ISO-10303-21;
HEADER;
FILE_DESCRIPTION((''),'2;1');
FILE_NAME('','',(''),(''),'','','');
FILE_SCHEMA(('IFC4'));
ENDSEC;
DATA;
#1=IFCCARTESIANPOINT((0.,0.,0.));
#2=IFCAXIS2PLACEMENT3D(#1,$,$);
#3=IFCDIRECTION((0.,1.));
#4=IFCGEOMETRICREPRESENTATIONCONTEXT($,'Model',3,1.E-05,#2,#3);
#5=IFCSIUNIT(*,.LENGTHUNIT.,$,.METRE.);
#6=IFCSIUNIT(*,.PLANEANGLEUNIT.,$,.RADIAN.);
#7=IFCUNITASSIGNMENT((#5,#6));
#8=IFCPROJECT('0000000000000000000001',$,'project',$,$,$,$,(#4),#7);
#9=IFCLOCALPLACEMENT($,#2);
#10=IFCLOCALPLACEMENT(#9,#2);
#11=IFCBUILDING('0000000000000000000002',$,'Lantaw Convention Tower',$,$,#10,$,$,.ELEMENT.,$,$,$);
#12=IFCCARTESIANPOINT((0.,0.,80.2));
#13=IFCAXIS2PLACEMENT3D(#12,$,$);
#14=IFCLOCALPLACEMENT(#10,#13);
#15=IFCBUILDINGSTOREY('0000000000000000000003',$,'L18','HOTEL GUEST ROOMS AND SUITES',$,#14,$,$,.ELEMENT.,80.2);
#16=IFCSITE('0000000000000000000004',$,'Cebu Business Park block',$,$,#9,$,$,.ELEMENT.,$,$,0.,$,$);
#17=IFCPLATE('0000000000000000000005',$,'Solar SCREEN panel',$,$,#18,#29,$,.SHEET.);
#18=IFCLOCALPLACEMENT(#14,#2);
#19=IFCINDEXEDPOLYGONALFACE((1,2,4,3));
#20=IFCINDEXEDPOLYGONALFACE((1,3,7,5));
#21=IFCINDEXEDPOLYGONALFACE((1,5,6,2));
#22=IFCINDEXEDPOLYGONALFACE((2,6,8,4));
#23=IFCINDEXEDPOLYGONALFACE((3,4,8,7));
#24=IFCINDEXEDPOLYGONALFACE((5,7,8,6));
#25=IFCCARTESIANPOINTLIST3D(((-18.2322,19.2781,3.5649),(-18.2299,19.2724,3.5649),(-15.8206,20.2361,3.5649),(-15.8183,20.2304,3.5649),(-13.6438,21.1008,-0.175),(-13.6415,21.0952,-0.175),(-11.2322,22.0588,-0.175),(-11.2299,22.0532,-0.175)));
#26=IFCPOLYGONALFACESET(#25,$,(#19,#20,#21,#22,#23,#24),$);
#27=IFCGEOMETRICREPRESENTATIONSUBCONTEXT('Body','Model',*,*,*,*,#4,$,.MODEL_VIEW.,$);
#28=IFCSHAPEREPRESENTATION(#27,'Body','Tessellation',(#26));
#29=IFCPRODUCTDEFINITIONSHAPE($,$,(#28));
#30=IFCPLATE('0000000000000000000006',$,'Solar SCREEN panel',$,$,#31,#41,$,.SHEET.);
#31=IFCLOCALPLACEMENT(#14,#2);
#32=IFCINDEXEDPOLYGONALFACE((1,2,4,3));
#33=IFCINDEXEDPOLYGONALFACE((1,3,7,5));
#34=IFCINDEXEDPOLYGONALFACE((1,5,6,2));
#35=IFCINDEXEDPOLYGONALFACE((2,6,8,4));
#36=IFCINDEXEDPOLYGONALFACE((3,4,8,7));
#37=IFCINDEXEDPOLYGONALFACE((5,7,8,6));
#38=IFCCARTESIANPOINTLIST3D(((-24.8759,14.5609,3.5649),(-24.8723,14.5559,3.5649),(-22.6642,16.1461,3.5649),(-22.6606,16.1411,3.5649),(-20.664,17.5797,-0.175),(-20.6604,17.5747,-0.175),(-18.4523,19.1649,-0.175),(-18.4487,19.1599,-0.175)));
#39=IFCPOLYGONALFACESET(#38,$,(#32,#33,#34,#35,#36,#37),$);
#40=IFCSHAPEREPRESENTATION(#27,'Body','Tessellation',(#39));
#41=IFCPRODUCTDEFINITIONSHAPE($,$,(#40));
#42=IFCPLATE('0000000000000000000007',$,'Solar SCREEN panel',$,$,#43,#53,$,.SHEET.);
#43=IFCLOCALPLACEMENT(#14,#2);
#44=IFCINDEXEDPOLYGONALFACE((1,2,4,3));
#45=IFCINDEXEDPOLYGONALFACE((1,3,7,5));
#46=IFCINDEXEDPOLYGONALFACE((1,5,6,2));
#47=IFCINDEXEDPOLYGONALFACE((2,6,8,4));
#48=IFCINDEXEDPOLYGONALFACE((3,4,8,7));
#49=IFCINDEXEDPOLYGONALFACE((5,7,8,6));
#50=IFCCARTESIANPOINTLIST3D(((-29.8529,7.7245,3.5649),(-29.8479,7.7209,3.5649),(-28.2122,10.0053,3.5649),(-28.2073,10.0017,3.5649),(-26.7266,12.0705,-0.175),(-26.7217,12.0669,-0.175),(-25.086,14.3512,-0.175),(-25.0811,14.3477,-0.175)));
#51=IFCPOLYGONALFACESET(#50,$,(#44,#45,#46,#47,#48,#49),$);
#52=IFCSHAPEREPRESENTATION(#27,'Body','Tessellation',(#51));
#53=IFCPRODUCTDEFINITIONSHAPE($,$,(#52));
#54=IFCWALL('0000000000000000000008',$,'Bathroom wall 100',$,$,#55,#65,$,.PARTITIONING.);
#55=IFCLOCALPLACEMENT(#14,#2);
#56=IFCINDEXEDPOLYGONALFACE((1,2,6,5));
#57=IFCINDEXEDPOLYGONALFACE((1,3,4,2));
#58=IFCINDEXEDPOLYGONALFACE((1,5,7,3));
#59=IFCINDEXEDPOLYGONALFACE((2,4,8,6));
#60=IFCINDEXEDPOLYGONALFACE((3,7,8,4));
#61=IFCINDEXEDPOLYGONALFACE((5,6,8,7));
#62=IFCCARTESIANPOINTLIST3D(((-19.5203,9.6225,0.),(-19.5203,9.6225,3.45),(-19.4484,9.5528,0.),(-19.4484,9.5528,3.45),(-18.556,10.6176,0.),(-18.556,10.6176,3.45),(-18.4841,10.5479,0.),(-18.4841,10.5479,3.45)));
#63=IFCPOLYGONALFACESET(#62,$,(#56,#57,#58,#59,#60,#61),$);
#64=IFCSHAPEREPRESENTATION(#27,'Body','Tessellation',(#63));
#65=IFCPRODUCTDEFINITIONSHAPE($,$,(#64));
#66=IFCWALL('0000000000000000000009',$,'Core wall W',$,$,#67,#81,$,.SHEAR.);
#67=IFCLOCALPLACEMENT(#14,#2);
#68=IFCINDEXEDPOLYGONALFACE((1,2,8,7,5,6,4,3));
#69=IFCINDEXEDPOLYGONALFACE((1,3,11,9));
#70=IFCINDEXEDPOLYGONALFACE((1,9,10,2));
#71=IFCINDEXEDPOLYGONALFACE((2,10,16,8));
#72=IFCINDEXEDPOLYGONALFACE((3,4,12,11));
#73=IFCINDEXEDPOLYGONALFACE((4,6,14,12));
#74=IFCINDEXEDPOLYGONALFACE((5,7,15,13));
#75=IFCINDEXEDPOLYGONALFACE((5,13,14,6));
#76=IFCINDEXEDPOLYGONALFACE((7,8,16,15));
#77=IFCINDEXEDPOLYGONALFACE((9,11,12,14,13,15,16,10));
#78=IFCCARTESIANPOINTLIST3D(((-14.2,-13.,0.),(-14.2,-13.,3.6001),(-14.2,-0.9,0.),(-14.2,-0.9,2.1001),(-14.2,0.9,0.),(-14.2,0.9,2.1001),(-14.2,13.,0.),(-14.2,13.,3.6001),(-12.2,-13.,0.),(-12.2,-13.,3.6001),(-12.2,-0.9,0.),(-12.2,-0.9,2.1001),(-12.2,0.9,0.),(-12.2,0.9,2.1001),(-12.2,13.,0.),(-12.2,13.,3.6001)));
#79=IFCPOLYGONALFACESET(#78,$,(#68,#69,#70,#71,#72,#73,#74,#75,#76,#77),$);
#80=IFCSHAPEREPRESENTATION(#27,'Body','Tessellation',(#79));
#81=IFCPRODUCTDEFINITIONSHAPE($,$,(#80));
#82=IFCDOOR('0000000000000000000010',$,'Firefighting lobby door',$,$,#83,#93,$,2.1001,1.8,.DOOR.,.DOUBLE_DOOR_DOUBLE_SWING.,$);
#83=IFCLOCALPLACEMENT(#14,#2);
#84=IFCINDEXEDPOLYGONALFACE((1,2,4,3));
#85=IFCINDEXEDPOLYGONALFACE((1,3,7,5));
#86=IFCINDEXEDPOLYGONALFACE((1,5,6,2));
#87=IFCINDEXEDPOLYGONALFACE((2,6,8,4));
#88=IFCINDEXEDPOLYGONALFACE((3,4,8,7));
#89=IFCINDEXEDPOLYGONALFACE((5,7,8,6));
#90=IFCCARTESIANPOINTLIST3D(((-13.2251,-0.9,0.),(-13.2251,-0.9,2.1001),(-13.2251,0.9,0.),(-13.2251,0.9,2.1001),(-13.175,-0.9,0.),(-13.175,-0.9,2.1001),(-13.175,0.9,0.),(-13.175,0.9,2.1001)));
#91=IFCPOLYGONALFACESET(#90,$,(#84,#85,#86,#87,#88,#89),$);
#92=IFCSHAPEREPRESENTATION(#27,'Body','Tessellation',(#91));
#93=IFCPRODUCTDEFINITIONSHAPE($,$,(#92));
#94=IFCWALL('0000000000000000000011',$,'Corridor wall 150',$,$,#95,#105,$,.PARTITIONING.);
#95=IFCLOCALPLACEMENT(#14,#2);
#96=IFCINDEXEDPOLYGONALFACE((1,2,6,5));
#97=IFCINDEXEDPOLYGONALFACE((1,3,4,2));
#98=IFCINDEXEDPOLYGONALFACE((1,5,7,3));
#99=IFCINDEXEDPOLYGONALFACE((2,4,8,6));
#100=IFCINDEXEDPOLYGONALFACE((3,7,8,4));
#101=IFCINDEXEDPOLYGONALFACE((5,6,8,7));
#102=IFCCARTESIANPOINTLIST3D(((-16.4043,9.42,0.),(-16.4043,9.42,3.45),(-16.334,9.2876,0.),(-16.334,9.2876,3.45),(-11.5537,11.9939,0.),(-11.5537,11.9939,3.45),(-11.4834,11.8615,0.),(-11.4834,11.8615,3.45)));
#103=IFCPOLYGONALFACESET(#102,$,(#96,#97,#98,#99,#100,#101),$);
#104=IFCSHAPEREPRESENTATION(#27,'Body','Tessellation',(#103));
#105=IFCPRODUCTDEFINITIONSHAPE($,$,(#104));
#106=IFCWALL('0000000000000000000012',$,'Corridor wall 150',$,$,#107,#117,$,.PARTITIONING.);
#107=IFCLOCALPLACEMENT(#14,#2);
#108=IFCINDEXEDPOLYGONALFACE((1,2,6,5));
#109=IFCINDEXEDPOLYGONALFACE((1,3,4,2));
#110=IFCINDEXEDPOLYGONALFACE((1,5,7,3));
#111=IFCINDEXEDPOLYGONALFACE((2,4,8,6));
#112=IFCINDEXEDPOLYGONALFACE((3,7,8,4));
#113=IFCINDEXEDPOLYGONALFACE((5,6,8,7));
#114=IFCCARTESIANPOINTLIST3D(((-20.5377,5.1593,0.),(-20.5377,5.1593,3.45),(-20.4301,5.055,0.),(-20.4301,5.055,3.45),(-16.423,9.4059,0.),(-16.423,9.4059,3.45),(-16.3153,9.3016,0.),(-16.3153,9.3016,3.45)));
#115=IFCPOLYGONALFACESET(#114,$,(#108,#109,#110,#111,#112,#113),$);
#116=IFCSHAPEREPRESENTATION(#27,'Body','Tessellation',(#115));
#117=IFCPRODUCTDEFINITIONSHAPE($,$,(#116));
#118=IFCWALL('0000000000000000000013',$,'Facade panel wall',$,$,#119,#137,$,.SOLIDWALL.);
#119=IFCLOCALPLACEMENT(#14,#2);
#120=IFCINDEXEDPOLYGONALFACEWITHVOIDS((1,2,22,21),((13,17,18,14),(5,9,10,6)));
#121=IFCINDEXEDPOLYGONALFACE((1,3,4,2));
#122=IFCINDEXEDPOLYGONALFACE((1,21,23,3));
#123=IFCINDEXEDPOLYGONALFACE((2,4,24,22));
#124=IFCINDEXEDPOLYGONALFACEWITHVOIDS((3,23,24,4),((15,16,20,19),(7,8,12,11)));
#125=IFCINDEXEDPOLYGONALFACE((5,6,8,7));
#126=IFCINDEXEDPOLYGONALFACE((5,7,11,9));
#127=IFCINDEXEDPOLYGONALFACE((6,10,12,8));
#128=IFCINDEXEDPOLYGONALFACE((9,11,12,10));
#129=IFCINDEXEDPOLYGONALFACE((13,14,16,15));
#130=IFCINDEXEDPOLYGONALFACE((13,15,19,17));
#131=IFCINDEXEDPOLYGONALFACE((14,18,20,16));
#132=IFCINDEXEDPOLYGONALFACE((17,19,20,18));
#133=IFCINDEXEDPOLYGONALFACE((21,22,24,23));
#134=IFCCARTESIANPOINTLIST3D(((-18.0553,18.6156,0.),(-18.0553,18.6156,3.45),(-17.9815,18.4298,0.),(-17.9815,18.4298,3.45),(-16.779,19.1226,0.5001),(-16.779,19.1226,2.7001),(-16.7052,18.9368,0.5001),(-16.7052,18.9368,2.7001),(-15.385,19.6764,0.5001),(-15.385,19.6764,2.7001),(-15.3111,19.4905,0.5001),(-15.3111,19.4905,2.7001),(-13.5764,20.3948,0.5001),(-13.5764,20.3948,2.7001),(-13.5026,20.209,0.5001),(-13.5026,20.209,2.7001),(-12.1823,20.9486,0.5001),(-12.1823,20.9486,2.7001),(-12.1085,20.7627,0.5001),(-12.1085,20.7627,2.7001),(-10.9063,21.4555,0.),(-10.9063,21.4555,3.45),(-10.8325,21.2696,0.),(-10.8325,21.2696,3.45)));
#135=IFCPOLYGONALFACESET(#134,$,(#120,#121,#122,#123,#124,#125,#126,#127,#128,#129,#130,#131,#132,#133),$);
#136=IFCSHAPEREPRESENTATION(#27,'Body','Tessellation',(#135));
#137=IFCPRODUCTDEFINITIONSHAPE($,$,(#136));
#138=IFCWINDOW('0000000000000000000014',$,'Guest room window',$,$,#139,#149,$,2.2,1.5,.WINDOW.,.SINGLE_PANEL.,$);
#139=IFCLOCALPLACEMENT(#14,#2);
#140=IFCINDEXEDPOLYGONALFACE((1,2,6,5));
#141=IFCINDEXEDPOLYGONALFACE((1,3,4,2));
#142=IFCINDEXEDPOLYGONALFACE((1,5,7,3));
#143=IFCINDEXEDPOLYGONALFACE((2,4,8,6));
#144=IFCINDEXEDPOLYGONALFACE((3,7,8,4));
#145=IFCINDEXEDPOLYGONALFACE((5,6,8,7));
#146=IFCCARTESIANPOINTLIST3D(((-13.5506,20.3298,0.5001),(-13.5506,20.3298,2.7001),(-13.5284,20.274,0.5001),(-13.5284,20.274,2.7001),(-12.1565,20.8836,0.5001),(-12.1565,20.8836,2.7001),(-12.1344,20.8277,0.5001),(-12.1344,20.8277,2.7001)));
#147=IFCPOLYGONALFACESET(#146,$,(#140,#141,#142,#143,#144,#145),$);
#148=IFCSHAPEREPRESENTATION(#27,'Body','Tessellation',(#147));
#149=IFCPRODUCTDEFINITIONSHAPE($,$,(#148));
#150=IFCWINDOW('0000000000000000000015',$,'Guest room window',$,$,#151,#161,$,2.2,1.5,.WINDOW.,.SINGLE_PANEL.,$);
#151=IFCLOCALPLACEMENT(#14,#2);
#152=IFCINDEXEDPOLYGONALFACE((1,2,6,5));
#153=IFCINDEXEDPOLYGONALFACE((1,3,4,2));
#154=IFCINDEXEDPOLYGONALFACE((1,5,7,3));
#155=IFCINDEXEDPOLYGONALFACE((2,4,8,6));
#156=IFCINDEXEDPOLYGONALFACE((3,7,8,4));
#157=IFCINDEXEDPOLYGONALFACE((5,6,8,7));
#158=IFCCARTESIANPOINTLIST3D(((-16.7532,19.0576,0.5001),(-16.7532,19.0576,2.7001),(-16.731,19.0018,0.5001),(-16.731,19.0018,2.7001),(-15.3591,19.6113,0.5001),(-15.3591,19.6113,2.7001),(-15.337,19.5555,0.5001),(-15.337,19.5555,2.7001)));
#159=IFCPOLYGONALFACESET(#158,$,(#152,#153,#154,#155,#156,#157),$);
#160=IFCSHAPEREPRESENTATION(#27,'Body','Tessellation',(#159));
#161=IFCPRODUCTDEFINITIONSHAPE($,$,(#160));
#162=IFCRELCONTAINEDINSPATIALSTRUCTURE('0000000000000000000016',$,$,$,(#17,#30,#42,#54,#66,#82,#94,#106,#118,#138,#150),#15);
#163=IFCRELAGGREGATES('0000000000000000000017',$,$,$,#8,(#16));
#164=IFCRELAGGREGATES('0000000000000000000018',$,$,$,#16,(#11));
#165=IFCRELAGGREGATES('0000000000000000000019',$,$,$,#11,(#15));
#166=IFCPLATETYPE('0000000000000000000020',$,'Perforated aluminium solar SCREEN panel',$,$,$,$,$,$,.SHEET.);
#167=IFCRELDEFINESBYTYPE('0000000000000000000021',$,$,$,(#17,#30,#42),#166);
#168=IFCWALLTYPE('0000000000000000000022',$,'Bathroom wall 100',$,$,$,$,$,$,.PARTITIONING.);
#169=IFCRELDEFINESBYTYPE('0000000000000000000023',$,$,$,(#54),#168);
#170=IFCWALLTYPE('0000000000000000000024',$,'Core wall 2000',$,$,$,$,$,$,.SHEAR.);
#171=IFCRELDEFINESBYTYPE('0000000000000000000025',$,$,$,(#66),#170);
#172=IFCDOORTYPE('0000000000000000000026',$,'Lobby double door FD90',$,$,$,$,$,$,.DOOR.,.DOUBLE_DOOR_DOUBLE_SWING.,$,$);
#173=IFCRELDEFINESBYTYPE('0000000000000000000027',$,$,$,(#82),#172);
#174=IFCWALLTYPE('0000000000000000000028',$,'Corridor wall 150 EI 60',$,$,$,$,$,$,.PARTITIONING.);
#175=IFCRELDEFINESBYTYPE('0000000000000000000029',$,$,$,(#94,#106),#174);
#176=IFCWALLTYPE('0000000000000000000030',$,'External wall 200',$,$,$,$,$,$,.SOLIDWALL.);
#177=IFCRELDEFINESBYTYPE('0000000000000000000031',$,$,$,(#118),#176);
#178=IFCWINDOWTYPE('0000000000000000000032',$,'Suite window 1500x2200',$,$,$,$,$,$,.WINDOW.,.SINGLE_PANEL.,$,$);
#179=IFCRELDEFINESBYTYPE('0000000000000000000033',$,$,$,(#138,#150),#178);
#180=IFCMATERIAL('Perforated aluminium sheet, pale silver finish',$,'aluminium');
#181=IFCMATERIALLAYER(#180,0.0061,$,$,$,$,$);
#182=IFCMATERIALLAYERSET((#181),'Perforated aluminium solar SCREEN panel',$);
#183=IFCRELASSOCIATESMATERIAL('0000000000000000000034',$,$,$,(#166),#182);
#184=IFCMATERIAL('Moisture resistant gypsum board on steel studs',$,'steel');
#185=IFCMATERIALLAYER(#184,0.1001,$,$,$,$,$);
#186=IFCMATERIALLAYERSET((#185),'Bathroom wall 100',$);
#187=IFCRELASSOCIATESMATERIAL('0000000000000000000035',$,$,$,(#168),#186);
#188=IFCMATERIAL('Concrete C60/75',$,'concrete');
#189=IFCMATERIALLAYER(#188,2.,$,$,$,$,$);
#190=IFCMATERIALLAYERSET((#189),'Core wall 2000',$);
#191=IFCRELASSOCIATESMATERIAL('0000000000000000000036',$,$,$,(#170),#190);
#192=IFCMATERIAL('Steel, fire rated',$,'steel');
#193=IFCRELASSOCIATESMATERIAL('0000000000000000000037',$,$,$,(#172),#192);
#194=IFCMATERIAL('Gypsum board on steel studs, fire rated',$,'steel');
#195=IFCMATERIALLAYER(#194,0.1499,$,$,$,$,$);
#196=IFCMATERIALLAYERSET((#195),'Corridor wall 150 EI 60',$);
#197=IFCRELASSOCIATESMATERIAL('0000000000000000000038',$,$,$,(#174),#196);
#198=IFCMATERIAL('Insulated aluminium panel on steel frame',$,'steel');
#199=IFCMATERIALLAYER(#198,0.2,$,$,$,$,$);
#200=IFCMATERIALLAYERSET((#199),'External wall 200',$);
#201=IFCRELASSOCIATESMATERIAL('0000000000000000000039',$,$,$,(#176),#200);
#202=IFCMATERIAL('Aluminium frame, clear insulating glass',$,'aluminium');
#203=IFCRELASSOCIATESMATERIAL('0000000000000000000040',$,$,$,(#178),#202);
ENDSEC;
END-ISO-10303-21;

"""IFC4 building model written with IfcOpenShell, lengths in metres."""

from ifc_helpers import new_model, si_unit, direction, frame, frame_2d, origin, place, context, subcontext, project, spatial, polyline, rectangle, outline, extrude, material, layer, layer_set, type_object, element, fill, save


model = new_model("IFC4")

# Units and contexts
model_context = context("Model", 3, precision=1e-05, world=origin(), true_north=direction((0.0, 1.0)))
body_context = subcontext(model_context, "Body", "Model", "MODEL_VIEW")
ifc_project = project(units=[si_unit("LENGTHUNIT", "METRE"), si_unit("PLANEANGLEUNIT", "RADIAN")], contexts=[model_context])

# Site, building, storey
site_placement = place(None, origin())
site = spatial("IfcSite", under=ifc_project, at=site_placement, Name="Cebu Business Park block", CompositionType="ELEMENT", RefElevation=0.0)
building_placement = place(site_placement, origin())
building = spatial("IfcBuilding", under=site, at=building_placement, Name="Lantaw Convention Tower", CompositionType="ELEMENT")
storey_placement = place(building_placement, frame((0.0, 0.0, 80.2)))
storey = spatial("IfcBuildingStorey", under=building, at=storey_placement, Name="L18", Description="HOTEL GUEST ROOMS AND SUITES", CompositionType="ELEMENT", Elevation=80.2)

# Shared definitions
ifc_material_1 = material(Name="Concrete C60/75", Category="concrete")

# Plates
ifc_material_2 = material(Name="Perforated aluminium sheet, pale silver finish", Category="aluminium")
ifc_layer_1 = layer(ifc_material_2, 0.0061)
ifc_layer_set_1 = layer_set([ifc_layer_1], Name="Perforated aluminium solar SCREEN panel")
plate_type = type_object("IfcPlateType", Name="Perforated aluminium solar SCREEN panel", PredefinedType="SHEET", material=ifc_layer_set_1)
plate_1_placement = place(storey_placement, frame((-11.2322, 22.0588, -0.175), z_axis=(-0.369184, 0.929357, 0.000009), x_axis=(-0.929357, -0.369184, 0.0)))
element("IfcPlate", 1, at=plate_1_placement, inside=storey, type_object=plate_type, Name="Solar SCREEN panel", PredefinedType="SHEET", context=body_context, shape_type="SweptSolid", body=[
    extrude(outline(polyline([(0.0, 0.0), (2.5949, 0.0), (7.5321, 3.74), (4.9372, 3.74), (0.0, 0.0)])), origin(), (0.0, 0.0, -1.0), 0.0061),
])
plate_2_placement = place(storey_placement, frame((-18.4487, 19.1599, -0.175), z_axis=(0.582561, -0.812787, 0.000016), x_axis=(-0.812787, -0.582561, 0.0)))
element("IfcPlate", 2, at=plate_2_placement, inside=storey, type_object=plate_type, Name="Solar SCREEN panel", PredefinedType="SHEET", context=body_context, shape_type="SweptSolid", body=[
    extrude(outline(polyline([(0.0, 0.0), (2.7211, 0.0), (7.9031, -3.74), (5.182, -3.74), (0.0, 0.0)])), origin(), (0.0, 0.0, -1.0), 0.0061),
])
plate_3_placement = place(storey_placement, frame((-25.0811, 14.3477, -0.175), z_axis=(0.811791, -0.583948, 0.000009), x_axis=(-0.583948, -0.811791, 0.0)))
element("IfcPlate", 3, at=plate_3_placement, inside=storey, type_object=plate_type, Name="Solar SCREEN panel", PredefinedType="SHEET", context=body_context, shape_type="SweptSolid", body=[
    extrude(outline(polyline([(0.0, 0.0), (2.8095, 0.0), (8.1631, -3.74), (5.3536, -3.74), (0.0, 0.0)])), origin(), (0.0, 0.0, -1.0), 0.0061),
])

# Wall
ifc_material_3 = material(Name="Moisture resistant gypsum board on steel studs", Category="steel")
ifc_layer_2 = layer(ifc_material_3, 0.1001)
ifc_layer_set_2 = layer_set([ifc_layer_2], Name="Bathroom wall 100")
wall_type_1 = type_object("IfcWallType", Name="Bathroom wall 100", PredefinedType="PARTITIONING", material=ifc_layer_set_2)
wall_1_placement = place(storey_placement, frame((-19.4844, 9.5876, 0.0), z_axis=(0.0, 0.0, 1.0), x_axis=(0.69592, 0.718119, 0.0)))
element("IfcWall", 4, at=wall_1_placement, inside=storey, type_object=wall_type_1, Name="Bathroom wall 100", PredefinedType="PARTITIONING", context=body_context, shape_type="SweptSolid", body=[
    extrude(rectangle(XDim=1.3857, YDim=0.1001, at=frame_2d((0.6929, 0.0))), origin(), (0.0, 0.0, 1.0), 3.45),
])

# Wall, opening, door
ifc_layer_3 = layer(ifc_material_1, 2.0)
ifc_layer_set_3 = layer_set([ifc_layer_3], Name="Core wall 2000")
wall_type_2 = type_object("IfcWallType", Name="Core wall 2000", PredefinedType="SHEAR", material=ifc_layer_set_3)
wall_2_placement = place(storey_placement, frame((-13.2, 13.0, 0.0), z_axis=(0.0, 0.0, 1.0), x_axis=(0.0, -1.0, 0.0)))
wall_2 = element("IfcWall", 5, at=wall_2_placement, inside=storey, type_object=wall_type_2, Name="Core wall W", PredefinedType="SHEAR", context=body_context, shape_type="SweptSolid", body=[
    extrude(rectangle(XDim=26.0, YDim=2.0, at=frame_2d((13.0, 0.0))), origin(), (0.0, 0.0, 1.0), 3.6001),
])
opening_1_placement = place(wall_2_placement, frame((12.1001, 0.0, 0.0)))
opening_1 = element("IfcOpeningElement", 6, at=opening_1_placement, cuts=wall_2, PredefinedType="OPENING", context=body_context, shape_type="SweptSolid", body=[
    extrude(rectangle(XDim=1.8, YDim=2.1001, at=frame_2d((0.8999, 1.05))), frame((0.0, 1.01, 0.0), z_axis=(0.0, -1.0, 0.0), x_axis=(1.0, 0.0, 0.0)), (0.0, 0.0, 1.0), 2.02),
])
ifc_material_4 = material(Name="Steel, fire rated", Category="steel")
door_type = type_object("IfcDoorType", Name="Lobby double door FD90", OperationType="DOUBLE_DOOR_DOUBLE_SWING", PredefinedType="DOOR", material=ifc_material_4)
door_placement = place(opening_1_placement, origin())
door = element("IfcDoor", 7, at=door_placement, inside=storey, type_object=door_type, Name="Firefighting lobby door", OperationType="DOUBLE_DOOR_DOUBLE_SWING", OverallHeight=2.1001, OverallWidth=1.8, PredefinedType="DOOR", context=body_context, shape_type="SweptSolid", body=[
    extrude(rectangle(XDim=1.8, YDim=2.1001, at=frame_2d((0.8999, 1.05))), frame((0.0, 0.0249, 0.0), z_axis=(0.0, -1.0, 0.0), x_axis=(1.0, 0.0, 0.0)), (0.0, 0.0, 1.0), 0.05),
])
fill(opening_1, door)

# Walls
ifc_material_5 = material(Name="Gypsum board on steel studs, fire rated", Category="steel")
ifc_layer_4 = layer(ifc_material_5, 0.1499)
ifc_layer_set_4 = layer_set([ifc_layer_4], Name="Corridor wall 150 EI 60")
wall_type_3 = type_object("IfcWallType", Name="Corridor wall 150 EI 60", PredefinedType="PARTITIONING", material=ifc_layer_set_4)
wall_3_placement = place(storey_placement, frame((-11.5186, 11.9277, 0.0), z_axis=(0.0, 0.0, 1.0), x_axis=(-0.883334, -0.468743, 0.0)))
element("IfcWall", 8, at=wall_3_placement, inside=storey, type_object=wall_type_3, Name="Corridor wall 150", PredefinedType="PARTITIONING", context=body_context, shape_type="SweptSolid", body=[
    extrude(rectangle(XDim=5.4912, YDim=0.1499, at=frame_2d((2.7456, 0.0))), origin(), (0.0, 0.0, 1.0), 3.45),
])
wall_4_placement = place(storey_placement, frame((-16.3691, 9.3538, 0.0), z_axis=(0.0, 0.0, 1.0), x_axis=(-0.695871, -0.718167, 0.0)))
element("IfcWall", 9, at=wall_4_placement, inside=storey, type_object=wall_type_3, Name="Corridor wall 150", PredefinedType="PARTITIONING", context=body_context, shape_type="SweptSolid", body=[
    extrude(rectangle(XDim=5.9131, YDim=0.1499, at=frame_2d((2.9565, 0.0))), origin(), (0.0, 0.0, 1.0), 3.45),
])

# Wall, openings, windows
ifc_material_6 = material(Name="Insulated aluminium panel on steel frame", Category="steel")
ifc_layer_5 = layer(ifc_material_6, 0.2)
ifc_layer_set_5 = layer_set([ifc_layer_5], Name="External wall 200")
wall_type_4 = type_object("IfcWallType", Name="External wall 200", PredefinedType="SOLIDWALL", material=ifc_layer_set_5)
wall_5_placement = place(storey_placement, frame((-10.8694, 21.3625, 0.0), z_axis=(0.0, 0.0, 1.0), x_axis=(-0.929358, -0.369179, 0.0)))
wall_5 = element("IfcWall", 10, at=wall_5_placement, inside=storey, type_object=wall_type_4, Name="Facade panel wall", PredefinedType="SOLIDWALL", context=body_context, shape_type="SweptSolid", body=[
    extrude(rectangle(XDim=7.6924, YDim=0.2, at=frame_2d((3.8462, 0.0))), origin(), (0.0, 0.0, 1.0), 3.45),
])
opening_2_placement = place(wall_5_placement, frame((1.373, 0.0, 0.5)))
opening_2 = element("IfcOpeningElement", 11, at=opening_2_placement, cuts=wall_5, PredefinedType="OPENING", context=body_context, shape_type="SweptSolid", body=[
    extrude(rectangle(XDim=1.5, YDim=2.2, at=frame_2d((0.75, 1.1001))), frame((0.0, 0.1099, 0.0), z_axis=(0.0, -1.0, 0.0), x_axis=(1.0, 0.0, 0.0)), (0.0, 0.0, 1.0), 0.22),
])
opening_3_placement = place(wall_5_placement, frame((4.8191, 0.0, 0.5)))
opening_3 = element("IfcOpeningElement", 12, at=opening_3_placement, cuts=wall_5, PredefinedType="OPENING", context=body_context, shape_type="SweptSolid", body=[
    extrude(rectangle(XDim=1.5, YDim=2.2, at=frame_2d((0.75, 1.1001))), frame((0.0, 0.1099, 0.0), z_axis=(0.0, -1.0, 0.0), x_axis=(1.0, 0.0, 0.0)), (0.0, 0.0, 1.0), 0.22),
])
ifc_material_7 = material(Name="Aluminium frame, clear insulating glass", Category="aluminium")
window_type = type_object("IfcWindowType", Name="Suite window 1500x2200", PartitioningType="SINGLE_PANEL", PredefinedType="WINDOW", material=ifc_material_7)
window_1_placement = place(opening_2_placement, origin())
window_1 = element("IfcWindow", 13, at=window_1_placement, inside=storey, type_object=window_type, Name="Guest room window", OverallHeight=2.2, OverallWidth=1.5, PartitioningType="SINGLE_PANEL", PredefinedType="WINDOW", context=body_context, shape_type="SweptSolid", body=[
    extrude(rectangle(XDim=1.5, YDim=2.2, at=frame_2d((0.75, 1.1001))), frame((0.0, 0.03, 0.0), z_axis=(0.0, -1.0, 0.0), x_axis=(1.0, 0.0, 0.0)), (0.0, 0.0, 1.0), 0.0601),
])
fill(opening_2, window_1)
window_2_placement = place(opening_3_placement, origin())
window_2 = element("IfcWindow", 14, at=window_2_placement, inside=storey, type_object=window_type, Name="Guest room window", OverallHeight=2.2, OverallWidth=1.5, PartitioningType="SINGLE_PANEL", PredefinedType="WINDOW", context=body_context, shape_type="SweptSolid", body=[
    extrude(rectangle(XDim=1.5, YDim=2.2, at=frame_2d((0.75, 1.1001))), frame((0.0, 0.03, 0.0), z_axis=(0.0, -1.0, 0.0), x_axis=(1.0, 0.0, 0.0)), (0.0, 0.0, 1.0), 0.0601),
])
fill(opening_3, window_2)

save(model, "model.ifc")
